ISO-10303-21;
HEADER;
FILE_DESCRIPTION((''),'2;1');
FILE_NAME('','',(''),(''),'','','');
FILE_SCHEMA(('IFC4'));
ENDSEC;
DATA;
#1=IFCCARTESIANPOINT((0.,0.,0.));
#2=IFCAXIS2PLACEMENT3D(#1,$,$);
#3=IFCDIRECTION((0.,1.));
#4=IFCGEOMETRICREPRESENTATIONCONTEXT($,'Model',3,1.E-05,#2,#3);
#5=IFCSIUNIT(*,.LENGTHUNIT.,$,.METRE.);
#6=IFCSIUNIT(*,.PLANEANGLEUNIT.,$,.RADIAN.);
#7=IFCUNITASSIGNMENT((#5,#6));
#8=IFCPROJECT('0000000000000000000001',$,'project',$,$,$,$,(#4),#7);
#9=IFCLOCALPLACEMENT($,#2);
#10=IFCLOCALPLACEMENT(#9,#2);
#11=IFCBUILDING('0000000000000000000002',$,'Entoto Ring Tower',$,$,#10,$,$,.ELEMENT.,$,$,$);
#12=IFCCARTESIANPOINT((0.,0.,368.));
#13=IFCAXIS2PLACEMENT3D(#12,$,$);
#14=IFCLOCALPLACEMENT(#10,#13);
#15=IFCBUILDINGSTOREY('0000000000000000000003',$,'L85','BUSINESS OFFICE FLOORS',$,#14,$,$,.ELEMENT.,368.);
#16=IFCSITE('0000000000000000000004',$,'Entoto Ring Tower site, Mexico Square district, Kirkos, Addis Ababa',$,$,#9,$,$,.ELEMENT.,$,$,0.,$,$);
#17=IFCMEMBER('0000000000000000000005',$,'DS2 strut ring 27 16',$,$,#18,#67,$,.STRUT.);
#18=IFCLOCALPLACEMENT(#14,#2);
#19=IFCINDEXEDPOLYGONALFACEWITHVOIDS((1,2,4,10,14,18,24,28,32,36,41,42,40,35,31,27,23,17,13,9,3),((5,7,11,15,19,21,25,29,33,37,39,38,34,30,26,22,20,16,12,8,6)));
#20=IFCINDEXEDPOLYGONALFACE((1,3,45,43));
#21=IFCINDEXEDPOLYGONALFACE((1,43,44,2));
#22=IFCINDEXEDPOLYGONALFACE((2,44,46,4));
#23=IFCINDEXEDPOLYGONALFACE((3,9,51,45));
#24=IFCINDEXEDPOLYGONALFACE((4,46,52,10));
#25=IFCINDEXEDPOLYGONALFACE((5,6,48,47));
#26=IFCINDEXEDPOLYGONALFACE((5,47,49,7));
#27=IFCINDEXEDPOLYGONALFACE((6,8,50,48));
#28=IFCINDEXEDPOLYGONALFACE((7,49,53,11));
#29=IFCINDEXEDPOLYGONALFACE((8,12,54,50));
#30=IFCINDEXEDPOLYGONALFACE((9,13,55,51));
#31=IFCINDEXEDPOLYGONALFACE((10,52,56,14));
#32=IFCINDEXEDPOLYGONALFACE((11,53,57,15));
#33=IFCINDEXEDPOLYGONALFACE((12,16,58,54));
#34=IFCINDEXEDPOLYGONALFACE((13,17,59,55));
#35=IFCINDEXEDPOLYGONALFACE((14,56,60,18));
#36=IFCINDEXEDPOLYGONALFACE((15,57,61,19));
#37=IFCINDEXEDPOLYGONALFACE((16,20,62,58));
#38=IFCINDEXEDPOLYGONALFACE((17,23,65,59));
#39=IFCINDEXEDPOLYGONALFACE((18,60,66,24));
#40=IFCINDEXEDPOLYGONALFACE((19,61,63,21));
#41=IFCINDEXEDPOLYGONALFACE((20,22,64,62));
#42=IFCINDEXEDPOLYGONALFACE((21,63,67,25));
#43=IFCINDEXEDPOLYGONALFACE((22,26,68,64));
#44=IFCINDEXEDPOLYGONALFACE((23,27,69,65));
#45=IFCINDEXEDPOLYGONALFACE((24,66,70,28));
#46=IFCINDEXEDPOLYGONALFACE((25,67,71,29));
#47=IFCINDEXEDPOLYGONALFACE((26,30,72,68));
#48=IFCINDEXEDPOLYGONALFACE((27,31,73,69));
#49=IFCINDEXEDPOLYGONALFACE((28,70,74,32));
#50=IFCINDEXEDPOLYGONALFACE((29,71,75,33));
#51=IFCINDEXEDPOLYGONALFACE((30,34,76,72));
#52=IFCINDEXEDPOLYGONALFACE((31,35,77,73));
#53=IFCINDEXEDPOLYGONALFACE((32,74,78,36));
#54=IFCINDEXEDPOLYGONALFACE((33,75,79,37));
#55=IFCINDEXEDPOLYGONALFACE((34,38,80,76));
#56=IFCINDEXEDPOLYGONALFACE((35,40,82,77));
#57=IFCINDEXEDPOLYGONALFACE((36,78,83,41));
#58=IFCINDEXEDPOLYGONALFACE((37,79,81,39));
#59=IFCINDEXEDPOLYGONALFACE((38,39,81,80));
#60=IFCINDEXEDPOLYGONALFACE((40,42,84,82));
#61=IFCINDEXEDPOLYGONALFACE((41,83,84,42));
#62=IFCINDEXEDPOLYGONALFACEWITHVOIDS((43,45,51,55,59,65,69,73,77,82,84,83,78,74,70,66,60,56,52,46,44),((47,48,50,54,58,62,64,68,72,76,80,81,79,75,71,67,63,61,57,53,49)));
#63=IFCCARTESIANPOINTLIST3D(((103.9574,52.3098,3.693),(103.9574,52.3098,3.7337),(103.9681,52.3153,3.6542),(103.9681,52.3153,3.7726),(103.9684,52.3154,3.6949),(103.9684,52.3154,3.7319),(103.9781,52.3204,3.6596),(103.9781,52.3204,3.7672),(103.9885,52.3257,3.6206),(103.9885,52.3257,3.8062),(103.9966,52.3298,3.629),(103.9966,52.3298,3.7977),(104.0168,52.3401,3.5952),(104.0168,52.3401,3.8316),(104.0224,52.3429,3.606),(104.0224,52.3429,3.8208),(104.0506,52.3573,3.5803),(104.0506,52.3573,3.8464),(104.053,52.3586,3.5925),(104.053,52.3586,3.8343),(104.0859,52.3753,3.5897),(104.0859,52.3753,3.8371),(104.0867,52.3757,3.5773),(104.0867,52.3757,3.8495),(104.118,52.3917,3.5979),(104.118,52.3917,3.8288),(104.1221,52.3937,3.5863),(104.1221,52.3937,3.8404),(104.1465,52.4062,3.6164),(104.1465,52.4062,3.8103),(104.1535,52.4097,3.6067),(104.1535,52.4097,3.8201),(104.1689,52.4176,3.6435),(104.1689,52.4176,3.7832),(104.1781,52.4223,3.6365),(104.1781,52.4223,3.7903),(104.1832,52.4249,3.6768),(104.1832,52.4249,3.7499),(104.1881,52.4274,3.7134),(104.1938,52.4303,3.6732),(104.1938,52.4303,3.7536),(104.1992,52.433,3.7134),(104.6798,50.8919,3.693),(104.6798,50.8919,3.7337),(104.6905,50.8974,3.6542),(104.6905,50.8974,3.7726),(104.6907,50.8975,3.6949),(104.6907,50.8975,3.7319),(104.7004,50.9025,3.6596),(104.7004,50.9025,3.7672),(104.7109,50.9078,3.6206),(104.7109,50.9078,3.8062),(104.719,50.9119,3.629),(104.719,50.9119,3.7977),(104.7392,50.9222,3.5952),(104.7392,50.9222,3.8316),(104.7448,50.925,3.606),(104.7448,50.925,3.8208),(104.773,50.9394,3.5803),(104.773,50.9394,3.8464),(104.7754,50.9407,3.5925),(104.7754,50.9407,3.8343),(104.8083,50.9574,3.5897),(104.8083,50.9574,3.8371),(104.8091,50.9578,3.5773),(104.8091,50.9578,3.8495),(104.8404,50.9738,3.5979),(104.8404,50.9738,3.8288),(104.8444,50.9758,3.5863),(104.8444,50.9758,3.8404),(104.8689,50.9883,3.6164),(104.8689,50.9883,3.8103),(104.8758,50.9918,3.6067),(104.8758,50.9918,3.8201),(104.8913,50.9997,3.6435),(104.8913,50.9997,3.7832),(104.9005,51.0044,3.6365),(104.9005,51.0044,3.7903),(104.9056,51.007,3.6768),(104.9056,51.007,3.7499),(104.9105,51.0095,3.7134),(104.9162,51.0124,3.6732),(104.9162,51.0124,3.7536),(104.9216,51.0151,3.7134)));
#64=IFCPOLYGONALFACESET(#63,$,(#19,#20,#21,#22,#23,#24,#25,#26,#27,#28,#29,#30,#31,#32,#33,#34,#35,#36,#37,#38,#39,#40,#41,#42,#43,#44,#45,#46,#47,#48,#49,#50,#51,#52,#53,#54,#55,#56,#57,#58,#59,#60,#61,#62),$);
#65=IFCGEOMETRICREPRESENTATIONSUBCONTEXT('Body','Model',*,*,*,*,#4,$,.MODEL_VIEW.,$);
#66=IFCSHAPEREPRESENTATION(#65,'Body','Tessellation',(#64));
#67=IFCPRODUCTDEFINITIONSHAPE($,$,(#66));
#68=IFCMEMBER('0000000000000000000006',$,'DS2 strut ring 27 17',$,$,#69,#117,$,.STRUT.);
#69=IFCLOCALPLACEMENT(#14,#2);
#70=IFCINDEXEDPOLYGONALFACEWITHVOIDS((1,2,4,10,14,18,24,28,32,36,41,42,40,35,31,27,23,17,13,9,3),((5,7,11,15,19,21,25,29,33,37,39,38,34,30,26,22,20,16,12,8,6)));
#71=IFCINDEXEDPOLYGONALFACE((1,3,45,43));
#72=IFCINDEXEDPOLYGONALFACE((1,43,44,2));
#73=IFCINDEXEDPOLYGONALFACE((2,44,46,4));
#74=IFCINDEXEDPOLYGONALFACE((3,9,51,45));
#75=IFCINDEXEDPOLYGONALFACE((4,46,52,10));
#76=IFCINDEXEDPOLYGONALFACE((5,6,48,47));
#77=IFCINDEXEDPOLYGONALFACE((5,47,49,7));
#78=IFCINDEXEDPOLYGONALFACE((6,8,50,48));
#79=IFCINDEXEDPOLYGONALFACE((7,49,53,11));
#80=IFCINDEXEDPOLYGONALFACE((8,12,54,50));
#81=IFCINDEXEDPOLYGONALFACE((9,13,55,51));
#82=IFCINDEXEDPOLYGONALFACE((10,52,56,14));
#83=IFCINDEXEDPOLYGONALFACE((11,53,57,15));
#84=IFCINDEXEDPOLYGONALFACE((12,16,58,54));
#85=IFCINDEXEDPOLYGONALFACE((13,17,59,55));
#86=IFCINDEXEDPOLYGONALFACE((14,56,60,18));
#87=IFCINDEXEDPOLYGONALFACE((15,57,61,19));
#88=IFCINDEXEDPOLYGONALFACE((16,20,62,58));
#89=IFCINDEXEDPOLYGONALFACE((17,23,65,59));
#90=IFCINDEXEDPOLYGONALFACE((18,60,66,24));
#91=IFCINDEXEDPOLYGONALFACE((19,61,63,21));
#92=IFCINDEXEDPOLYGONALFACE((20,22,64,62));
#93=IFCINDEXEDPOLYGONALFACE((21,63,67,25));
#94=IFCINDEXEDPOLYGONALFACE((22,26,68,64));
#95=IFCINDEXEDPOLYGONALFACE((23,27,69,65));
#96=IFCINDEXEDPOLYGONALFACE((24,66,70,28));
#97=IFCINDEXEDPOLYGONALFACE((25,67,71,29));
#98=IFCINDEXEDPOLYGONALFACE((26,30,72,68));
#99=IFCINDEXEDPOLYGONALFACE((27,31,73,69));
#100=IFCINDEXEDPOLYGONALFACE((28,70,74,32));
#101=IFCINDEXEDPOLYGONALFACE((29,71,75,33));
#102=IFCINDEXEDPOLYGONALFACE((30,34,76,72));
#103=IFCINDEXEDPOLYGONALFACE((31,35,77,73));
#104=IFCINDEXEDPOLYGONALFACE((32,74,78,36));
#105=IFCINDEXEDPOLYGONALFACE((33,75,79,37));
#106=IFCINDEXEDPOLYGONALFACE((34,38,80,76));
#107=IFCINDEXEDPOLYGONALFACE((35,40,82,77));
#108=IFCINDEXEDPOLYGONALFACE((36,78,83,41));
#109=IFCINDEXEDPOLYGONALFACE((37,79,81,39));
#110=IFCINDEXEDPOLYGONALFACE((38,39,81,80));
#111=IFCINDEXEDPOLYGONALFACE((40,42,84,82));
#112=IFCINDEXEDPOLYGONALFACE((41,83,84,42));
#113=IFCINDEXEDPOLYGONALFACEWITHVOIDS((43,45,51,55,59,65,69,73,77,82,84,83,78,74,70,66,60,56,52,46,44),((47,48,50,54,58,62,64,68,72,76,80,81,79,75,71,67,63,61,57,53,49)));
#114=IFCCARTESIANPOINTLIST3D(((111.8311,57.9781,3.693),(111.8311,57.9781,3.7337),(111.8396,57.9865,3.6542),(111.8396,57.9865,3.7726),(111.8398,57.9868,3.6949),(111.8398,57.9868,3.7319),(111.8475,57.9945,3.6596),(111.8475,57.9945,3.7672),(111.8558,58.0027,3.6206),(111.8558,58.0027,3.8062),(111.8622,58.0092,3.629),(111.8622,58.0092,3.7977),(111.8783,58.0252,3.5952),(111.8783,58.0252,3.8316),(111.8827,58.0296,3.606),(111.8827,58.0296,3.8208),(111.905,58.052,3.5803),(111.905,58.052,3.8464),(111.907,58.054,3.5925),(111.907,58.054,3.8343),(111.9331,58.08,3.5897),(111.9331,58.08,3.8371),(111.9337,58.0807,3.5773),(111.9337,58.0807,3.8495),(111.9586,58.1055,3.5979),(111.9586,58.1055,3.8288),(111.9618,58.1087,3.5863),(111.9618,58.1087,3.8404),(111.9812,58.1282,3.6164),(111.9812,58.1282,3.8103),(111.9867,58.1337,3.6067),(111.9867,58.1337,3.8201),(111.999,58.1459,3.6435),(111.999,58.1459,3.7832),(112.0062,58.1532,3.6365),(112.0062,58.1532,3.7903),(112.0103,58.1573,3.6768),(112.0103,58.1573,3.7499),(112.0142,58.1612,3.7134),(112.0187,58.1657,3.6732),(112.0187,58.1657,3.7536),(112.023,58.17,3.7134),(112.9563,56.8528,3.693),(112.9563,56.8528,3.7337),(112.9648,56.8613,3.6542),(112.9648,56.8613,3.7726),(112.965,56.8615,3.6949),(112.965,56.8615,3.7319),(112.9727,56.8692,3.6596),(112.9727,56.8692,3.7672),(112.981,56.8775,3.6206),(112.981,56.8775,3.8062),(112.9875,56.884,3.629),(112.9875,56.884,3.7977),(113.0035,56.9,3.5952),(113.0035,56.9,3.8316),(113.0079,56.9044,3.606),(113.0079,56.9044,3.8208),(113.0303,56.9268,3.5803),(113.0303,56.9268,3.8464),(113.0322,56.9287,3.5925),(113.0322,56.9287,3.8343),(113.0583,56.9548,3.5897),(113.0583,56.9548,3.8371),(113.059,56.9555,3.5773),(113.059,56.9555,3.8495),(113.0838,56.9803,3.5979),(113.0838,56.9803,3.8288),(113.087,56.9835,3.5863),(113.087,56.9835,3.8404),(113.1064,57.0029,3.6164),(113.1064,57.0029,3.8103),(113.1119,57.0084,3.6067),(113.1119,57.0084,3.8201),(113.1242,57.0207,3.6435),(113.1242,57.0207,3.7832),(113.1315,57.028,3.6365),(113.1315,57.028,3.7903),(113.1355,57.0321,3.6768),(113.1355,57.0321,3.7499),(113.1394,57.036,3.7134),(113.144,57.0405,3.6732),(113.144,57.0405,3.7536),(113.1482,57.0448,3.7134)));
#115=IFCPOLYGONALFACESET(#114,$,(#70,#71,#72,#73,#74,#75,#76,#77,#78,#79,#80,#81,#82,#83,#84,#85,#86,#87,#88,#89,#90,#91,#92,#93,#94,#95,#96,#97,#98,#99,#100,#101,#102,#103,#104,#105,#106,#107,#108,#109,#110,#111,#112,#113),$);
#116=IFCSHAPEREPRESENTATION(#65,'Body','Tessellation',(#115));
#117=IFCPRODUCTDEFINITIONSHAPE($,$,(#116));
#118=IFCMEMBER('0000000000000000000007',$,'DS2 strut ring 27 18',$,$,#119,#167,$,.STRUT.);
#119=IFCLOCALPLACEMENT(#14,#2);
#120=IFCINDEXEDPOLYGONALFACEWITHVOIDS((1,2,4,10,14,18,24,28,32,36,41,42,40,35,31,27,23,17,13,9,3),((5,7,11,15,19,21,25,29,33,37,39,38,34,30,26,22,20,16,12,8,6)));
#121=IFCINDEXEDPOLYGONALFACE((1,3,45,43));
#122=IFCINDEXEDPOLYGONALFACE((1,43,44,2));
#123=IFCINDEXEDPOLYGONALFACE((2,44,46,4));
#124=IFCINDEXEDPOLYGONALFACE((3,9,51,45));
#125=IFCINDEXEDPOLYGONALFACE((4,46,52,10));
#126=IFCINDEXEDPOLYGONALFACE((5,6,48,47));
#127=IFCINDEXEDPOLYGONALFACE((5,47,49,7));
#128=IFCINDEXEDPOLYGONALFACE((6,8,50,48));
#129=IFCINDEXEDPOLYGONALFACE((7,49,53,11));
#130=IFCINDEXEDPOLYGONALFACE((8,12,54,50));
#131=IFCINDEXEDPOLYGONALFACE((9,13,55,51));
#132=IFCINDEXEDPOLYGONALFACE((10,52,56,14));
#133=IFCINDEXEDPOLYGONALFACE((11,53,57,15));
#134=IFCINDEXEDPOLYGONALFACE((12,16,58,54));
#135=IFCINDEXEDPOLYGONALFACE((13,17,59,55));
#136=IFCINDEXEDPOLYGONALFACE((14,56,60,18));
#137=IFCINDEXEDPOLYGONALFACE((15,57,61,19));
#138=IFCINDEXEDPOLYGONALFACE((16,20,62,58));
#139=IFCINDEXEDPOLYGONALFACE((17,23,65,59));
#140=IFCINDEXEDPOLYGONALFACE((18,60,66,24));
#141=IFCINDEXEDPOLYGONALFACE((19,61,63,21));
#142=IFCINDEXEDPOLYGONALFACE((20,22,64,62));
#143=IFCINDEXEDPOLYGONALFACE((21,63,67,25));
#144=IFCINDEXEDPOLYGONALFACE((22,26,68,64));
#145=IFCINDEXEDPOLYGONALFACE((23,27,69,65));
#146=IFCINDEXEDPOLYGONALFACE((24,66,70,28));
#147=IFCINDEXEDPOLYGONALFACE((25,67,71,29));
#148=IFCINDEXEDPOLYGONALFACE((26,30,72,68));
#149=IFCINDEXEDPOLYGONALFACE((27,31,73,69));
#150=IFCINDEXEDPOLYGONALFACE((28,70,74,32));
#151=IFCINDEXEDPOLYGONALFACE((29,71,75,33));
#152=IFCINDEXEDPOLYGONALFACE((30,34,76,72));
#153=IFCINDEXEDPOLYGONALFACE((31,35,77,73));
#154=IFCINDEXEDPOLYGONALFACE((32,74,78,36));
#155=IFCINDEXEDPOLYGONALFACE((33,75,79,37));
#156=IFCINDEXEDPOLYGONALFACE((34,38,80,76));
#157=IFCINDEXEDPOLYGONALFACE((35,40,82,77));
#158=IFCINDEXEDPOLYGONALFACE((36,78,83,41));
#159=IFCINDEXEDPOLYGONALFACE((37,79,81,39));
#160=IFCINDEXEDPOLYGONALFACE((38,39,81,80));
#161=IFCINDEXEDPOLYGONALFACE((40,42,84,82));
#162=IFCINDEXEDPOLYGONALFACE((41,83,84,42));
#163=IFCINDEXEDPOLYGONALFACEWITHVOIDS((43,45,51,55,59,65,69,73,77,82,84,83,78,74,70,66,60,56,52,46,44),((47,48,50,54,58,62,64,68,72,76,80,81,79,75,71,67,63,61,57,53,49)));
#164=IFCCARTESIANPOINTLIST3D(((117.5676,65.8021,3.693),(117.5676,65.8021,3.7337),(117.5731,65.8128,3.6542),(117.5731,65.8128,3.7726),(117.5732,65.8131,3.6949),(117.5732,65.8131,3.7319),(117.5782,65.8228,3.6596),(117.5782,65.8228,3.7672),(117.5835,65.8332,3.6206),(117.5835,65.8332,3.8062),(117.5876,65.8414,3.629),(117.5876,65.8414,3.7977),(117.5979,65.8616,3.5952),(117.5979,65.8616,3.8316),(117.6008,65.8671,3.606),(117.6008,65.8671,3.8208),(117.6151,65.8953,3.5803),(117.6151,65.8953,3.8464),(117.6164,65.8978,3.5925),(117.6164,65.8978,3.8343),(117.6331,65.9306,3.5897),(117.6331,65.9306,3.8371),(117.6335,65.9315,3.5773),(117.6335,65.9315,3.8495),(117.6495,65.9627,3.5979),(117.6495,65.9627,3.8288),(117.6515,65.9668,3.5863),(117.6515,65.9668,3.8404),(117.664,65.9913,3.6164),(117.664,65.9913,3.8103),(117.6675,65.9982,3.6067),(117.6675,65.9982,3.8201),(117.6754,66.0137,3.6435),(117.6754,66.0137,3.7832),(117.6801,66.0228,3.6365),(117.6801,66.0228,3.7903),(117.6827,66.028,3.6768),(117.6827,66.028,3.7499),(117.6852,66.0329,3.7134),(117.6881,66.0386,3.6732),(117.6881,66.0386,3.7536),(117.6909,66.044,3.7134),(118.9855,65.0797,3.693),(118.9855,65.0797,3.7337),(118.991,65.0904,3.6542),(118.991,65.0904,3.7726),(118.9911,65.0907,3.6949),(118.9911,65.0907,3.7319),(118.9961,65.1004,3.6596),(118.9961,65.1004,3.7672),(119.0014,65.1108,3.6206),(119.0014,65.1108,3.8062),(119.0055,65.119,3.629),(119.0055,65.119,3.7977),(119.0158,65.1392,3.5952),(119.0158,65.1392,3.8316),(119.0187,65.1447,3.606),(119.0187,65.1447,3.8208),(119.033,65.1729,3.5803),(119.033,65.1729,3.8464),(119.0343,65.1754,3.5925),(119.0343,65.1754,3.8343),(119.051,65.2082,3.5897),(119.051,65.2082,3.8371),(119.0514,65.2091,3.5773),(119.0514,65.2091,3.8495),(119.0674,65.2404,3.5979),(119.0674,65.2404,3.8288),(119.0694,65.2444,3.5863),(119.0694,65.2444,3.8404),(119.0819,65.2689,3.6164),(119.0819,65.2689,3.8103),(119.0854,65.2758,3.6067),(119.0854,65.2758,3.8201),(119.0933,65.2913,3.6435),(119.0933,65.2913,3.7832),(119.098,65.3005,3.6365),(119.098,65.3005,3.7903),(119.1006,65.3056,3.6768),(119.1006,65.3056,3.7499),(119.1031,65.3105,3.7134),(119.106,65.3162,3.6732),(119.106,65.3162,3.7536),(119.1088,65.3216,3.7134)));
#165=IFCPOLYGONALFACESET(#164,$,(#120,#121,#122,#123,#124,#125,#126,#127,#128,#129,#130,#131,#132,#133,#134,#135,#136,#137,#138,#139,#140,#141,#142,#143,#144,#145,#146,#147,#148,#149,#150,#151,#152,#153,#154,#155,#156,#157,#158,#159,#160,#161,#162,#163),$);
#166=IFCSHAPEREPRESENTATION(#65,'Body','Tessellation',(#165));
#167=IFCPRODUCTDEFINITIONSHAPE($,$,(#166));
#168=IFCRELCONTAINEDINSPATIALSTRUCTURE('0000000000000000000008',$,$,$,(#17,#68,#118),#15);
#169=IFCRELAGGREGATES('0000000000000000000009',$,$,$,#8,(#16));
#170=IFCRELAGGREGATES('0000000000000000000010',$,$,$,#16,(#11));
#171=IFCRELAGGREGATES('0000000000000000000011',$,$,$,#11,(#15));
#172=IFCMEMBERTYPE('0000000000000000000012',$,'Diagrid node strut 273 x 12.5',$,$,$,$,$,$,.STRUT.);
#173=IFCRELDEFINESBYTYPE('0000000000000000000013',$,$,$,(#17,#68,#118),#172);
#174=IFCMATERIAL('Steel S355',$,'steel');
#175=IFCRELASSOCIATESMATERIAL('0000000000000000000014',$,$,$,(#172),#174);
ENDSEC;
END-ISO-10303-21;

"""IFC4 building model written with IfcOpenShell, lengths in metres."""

from ifc_helpers import new_model, si_unit, direction, frame, origin, origin_2d, place, context, subcontext, project, spatial, circle, hollow_circle, extrude, material, material_profile, profile_set, type_object, element, save


model = new_model("IFC4")

# Units and contexts
model_context = context("Model", 3, precision=1e-05, world=origin(), true_north=direction((0.0, 1.0)))
body_context = subcontext(model_context, "Body", "Model", "MODEL_VIEW")
ifc_project = project(units=[si_unit("LENGTHUNIT", "METRE"), si_unit("PLANEANGLEUNIT", "RADIAN")], contexts=[model_context])

# Site, building, storey
site_placement = place(None, origin())
site = spatial("IfcSite", under=ifc_project, at=site_placement, Name="Entoto Ring Tower site, Mexico Square district, Kirkos, Addis Ababa", CompositionType="ELEMENT", RefElevation=0.0)
building_placement = place(site_placement, origin())
building = spatial("IfcBuilding", under=site, at=building_placement, Name="Entoto Ring Tower", CompositionType="ELEMENT")
storey_placement = place(building_placement, frame((0.0, 0.0, 368.0)))
storey = spatial("IfcBuildingStorey", under=building, at=storey_placement, Name="L85", Description="BUSINESS OFFICE FLOORS", CompositionType="ELEMENT", Elevation=368.0)

# Members
ifc_material_1 = material(Name="Steel S355", Category="steel")
ifc_material_profile_1 = material_profile(ifc_material_1, hollow_circle(Radius=0.1365, WallThickness=0.0125, at=origin_2d()), Name="CHS 273 x 12.5")
ifc_material_2 = material(Name="Concrete C60/75", Category="concrete")
ifc_material_profile_2 = material_profile(ifc_material_2, circle(Radius=0.124, at=origin_2d()), Name="Concrete C60/75 infill")
ifc_profile_set_1 = profile_set([ifc_material_profile_1, ifc_material_profile_2], Name="Steel S355")
member_type = type_object("IfcMemberType", Name="Diagrid node strut 273 x 12.5", PredefinedType="STRUT", material=ifc_profile_set_1)
for number, where, z_axis, x_axis, name in (
    (1, (104.0776, 52.3711, 3.7134), (0.453951, -0.891027, 0.0), (0.891027, 0.453951, 0.0), "DS2 strut ring 27 16"),
    (2, (111.9265, 58.0735, 3.7134), (0.707107, -0.707107, 0.0), (0.707107, 0.707107, 0.0), "DS2 strut ring 27 17"),
    (3, (117.6289, 65.9224, 3.7134), (0.891027, -0.453951, 0.0), (0.453951, 0.891027, 0.0), "DS2 strut ring 27 18"),
):
    element("IfcMember", number, at=place(storey_placement, frame(where, z_axis=z_axis, x_axis=x_axis)), inside=storey, type_object=member_type, Name=name, PredefinedType="STRUT", context=body_context, shape_type="SweptSolid", body=[
        extrude(hollow_circle(Radius=0.1365, WallThickness=0.0125, at=origin_2d()), origin(), (0.0, 0.0, 1.0), 1.5913),
    ])

save(model, "model.ifc")
